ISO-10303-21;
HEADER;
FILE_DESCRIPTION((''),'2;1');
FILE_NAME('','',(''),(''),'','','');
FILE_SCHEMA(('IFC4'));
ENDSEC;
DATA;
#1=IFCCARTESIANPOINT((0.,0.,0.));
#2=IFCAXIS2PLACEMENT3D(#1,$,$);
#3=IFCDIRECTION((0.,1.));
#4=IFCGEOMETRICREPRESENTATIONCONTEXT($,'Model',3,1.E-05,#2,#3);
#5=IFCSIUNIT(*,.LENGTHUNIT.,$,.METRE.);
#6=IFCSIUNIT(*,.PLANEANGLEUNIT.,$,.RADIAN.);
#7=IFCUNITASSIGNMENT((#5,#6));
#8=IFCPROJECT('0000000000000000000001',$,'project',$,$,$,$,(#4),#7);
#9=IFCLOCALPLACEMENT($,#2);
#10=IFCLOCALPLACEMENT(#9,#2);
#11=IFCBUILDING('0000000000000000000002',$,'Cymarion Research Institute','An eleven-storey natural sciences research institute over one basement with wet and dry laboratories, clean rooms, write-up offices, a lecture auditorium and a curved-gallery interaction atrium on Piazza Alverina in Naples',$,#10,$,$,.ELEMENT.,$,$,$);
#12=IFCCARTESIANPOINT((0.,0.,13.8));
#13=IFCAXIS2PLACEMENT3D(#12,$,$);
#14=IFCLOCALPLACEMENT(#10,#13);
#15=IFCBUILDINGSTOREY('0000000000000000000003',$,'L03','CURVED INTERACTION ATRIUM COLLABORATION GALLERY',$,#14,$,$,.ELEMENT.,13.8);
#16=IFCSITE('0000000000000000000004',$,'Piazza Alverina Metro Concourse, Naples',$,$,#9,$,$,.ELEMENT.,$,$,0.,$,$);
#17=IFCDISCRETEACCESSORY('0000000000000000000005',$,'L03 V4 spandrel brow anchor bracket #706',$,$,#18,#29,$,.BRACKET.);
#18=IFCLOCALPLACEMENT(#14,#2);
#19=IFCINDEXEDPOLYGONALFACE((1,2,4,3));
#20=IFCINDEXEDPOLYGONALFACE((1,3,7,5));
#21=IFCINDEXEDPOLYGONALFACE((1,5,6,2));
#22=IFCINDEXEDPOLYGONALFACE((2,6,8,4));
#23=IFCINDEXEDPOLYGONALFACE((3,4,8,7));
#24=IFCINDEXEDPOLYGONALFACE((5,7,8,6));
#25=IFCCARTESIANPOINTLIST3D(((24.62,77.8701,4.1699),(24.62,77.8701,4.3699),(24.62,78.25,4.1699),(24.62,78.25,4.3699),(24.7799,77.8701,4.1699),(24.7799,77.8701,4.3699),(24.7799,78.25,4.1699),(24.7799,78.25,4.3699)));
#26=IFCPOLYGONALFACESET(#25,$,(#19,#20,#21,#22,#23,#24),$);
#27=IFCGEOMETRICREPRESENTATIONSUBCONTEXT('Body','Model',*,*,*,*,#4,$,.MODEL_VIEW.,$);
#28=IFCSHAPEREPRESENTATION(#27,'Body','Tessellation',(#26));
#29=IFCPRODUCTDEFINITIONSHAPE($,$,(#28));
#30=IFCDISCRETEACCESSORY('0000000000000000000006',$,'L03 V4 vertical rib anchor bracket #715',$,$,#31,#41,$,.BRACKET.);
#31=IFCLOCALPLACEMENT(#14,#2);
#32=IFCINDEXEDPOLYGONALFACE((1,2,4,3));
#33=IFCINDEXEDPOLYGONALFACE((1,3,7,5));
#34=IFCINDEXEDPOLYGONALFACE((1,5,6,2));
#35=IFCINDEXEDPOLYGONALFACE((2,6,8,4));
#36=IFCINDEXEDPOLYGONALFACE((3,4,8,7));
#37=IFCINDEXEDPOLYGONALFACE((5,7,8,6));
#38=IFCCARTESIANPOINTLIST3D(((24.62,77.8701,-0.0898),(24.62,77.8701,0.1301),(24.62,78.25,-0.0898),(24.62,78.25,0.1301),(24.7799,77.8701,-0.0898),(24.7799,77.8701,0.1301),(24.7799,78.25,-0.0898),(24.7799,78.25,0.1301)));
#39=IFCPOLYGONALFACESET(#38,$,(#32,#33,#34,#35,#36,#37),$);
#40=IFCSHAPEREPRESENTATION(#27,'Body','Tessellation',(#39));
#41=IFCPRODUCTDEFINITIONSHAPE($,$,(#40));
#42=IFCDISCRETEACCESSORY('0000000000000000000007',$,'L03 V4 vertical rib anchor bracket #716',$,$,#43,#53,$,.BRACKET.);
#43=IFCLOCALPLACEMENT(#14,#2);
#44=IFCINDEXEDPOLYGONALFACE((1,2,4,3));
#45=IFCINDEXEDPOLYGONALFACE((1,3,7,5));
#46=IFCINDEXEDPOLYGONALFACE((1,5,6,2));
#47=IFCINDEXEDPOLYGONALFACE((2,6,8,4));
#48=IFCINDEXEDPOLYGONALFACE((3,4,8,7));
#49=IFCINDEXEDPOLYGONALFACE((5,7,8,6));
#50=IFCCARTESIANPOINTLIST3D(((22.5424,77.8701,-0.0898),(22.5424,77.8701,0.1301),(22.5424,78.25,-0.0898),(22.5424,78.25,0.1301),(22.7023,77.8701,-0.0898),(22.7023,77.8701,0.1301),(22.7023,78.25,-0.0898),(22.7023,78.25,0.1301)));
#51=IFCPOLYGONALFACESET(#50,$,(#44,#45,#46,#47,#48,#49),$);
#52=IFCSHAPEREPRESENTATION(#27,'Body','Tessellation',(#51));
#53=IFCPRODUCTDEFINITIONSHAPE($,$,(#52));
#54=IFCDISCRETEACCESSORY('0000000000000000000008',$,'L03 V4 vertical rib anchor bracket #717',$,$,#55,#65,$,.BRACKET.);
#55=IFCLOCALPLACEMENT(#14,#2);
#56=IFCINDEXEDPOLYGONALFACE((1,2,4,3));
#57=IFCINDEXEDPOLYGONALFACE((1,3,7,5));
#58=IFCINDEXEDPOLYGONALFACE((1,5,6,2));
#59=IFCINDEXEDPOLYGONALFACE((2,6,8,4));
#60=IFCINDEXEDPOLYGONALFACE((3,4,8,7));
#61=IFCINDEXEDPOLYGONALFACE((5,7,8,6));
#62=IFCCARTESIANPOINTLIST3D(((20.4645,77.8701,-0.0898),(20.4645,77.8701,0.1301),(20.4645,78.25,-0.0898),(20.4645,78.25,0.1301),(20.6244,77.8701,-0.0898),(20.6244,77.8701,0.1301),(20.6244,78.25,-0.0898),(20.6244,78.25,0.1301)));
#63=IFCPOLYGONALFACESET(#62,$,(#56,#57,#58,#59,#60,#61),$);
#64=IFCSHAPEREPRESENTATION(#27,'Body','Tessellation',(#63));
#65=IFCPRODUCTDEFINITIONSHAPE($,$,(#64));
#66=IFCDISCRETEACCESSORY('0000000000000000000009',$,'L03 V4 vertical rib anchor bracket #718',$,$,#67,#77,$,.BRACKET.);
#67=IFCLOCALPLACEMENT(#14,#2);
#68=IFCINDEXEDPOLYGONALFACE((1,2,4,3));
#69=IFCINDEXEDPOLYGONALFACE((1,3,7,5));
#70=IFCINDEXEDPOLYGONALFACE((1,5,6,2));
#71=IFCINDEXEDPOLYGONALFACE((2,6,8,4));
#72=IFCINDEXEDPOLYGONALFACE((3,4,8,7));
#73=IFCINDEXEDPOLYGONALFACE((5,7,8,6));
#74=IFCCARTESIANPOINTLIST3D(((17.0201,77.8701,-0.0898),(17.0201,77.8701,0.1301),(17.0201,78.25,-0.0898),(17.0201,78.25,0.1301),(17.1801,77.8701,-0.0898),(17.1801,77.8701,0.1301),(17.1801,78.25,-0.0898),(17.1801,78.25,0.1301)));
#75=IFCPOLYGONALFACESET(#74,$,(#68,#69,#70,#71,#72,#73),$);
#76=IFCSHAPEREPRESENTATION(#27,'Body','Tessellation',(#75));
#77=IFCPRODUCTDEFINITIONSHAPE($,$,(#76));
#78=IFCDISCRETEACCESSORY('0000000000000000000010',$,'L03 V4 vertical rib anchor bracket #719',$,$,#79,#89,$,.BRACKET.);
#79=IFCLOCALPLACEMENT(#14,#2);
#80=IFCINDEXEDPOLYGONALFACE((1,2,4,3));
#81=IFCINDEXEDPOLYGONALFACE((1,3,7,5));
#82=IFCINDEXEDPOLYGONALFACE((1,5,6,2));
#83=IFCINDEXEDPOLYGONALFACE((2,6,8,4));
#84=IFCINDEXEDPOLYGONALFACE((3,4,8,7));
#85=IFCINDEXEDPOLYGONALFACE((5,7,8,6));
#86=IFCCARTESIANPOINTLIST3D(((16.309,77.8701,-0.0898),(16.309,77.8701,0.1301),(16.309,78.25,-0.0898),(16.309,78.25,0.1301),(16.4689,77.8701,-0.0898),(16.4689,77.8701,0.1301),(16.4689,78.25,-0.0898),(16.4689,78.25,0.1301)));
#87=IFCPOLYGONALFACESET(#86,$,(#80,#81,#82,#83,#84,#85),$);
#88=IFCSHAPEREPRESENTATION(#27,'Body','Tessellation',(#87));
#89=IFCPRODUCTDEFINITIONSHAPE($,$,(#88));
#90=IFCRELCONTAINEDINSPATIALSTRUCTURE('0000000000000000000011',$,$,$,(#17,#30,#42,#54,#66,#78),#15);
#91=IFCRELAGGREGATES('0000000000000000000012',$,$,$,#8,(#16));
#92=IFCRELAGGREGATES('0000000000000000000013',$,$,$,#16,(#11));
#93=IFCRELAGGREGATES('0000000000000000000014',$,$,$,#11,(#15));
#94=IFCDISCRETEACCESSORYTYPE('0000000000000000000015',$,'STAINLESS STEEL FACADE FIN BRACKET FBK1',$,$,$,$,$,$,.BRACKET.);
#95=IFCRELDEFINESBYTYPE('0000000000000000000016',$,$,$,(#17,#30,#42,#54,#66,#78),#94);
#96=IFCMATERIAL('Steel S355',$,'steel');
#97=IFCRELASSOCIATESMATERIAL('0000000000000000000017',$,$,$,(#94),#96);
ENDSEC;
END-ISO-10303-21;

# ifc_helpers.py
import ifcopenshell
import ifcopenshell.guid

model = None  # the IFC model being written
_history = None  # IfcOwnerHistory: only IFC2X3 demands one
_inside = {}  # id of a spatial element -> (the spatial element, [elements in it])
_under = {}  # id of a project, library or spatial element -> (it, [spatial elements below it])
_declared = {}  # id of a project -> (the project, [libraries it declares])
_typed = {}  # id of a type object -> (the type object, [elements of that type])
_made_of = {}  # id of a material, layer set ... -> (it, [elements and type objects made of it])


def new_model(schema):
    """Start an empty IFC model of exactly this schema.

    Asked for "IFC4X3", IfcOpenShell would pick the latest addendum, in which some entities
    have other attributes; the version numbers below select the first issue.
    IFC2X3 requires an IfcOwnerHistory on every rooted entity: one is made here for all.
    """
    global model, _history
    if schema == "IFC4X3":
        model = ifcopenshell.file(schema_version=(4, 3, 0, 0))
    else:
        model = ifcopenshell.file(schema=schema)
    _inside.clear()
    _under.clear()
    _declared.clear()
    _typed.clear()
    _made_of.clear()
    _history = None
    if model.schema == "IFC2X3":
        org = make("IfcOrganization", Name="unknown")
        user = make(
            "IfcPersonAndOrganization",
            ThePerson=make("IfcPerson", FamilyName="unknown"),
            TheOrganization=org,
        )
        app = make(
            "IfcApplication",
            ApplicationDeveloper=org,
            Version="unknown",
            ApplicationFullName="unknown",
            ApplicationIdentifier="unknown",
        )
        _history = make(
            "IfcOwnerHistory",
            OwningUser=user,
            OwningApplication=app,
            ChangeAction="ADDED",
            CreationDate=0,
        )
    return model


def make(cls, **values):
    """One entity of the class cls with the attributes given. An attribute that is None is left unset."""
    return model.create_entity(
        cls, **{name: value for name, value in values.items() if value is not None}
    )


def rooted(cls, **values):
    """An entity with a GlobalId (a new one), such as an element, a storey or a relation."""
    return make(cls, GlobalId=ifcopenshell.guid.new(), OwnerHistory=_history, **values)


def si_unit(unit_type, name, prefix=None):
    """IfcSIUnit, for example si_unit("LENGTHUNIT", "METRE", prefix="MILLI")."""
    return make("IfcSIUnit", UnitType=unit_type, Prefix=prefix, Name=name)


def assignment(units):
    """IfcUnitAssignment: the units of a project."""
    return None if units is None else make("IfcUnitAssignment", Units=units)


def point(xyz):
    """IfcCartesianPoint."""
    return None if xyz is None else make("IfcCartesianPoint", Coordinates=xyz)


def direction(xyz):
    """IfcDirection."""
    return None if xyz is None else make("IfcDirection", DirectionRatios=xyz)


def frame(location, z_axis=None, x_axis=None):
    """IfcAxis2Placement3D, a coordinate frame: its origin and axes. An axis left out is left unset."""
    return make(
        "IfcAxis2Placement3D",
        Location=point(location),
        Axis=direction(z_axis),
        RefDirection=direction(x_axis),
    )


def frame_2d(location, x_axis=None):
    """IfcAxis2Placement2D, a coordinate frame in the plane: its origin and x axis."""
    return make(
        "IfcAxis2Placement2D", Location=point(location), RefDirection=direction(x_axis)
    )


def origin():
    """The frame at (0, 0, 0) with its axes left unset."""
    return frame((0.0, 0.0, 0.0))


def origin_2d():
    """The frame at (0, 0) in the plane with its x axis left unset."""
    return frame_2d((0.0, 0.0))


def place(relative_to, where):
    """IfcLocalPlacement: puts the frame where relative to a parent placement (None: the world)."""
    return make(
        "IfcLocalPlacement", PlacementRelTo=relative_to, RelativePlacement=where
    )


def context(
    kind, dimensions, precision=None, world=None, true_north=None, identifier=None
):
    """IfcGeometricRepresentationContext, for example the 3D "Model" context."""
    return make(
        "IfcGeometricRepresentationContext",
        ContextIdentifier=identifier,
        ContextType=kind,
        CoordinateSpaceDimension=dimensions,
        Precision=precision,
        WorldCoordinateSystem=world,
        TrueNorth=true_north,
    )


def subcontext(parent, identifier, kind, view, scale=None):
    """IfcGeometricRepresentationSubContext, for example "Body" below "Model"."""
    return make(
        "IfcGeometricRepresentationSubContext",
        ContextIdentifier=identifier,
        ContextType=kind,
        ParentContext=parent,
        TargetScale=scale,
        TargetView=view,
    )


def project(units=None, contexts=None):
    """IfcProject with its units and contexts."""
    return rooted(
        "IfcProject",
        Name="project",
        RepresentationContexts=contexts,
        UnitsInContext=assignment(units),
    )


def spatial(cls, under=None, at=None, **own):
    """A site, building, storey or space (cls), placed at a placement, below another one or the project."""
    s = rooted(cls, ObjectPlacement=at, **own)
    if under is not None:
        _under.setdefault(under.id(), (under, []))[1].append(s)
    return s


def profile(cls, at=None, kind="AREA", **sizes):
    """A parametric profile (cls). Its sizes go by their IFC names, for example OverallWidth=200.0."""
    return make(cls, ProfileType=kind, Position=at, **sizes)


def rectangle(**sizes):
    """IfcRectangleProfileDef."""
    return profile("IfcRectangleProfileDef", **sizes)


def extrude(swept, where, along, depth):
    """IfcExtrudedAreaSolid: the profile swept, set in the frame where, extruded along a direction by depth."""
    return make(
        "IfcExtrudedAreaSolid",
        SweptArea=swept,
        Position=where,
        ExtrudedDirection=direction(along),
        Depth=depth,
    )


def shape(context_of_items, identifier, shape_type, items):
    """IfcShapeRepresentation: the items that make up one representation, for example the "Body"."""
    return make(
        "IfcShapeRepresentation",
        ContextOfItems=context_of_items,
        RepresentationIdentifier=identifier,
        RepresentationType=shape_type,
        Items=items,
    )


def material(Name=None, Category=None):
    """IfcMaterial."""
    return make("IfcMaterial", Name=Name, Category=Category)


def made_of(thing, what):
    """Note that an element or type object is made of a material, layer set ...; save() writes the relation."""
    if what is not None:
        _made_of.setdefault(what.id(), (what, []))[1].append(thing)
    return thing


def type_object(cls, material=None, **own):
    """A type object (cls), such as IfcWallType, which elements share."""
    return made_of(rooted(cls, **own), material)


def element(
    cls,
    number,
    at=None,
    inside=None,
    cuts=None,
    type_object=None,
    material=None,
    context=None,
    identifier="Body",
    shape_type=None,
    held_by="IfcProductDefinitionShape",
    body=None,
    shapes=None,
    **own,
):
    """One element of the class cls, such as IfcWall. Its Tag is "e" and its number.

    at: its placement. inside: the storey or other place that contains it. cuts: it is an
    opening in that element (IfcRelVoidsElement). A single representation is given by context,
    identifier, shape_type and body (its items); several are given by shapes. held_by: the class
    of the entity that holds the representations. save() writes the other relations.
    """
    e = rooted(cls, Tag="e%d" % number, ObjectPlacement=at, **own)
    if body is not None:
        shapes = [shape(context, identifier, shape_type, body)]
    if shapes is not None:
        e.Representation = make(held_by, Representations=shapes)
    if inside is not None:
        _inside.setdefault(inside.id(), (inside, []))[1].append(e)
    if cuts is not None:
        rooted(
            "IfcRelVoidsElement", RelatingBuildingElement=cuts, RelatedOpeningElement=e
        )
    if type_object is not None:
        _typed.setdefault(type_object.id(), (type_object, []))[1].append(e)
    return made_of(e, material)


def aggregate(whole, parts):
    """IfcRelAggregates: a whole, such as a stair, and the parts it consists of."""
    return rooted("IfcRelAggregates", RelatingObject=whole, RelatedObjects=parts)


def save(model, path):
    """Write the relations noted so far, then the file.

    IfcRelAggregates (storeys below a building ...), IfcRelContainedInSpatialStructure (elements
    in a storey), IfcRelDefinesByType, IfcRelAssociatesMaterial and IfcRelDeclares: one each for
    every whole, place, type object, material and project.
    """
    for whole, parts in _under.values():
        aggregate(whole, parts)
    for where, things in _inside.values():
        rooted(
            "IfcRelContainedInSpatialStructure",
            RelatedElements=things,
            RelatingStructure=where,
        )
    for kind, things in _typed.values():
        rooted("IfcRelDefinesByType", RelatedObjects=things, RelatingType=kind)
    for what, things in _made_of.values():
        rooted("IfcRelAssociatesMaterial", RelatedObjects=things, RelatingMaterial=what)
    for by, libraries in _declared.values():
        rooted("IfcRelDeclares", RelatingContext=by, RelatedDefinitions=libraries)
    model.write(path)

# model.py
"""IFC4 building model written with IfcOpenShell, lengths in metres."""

from ifc_helpers import new_model, si_unit, direction, frame, origin, origin_2d, place, context, subcontext, project, spatial, rectangle, extrude, material, type_object, element, save


model = new_model("IFC4")

# Units and contexts
model_context = context("Model", 3, precision=1e-05, world=origin(), true_north=direction((0.0, 1.0)))
body_context = subcontext(model_context, "Body", "Model", "MODEL_VIEW")
ifc_project = project(units=[si_unit("LENGTHUNIT", "METRE"), si_unit("PLANEANGLEUNIT", "RADIAN")], contexts=[model_context])

# Site, building, storey
site_placement = place(None, origin())
site = spatial("IfcSite", under=ifc_project, at=site_placement, Name="Piazza Alverina Metro Concourse, Naples", CompositionType="ELEMENT", RefElevation=0.0)
building_placement = place(site_placement, origin())
building = spatial("IfcBuilding", under=site, at=building_placement, Name="Cymarion Research Institute", Description="An eleven-storey natural sciences research institute over one basement with wet and dry laboratories, clean rooms, write-up offices, a lecture auditorium and a curved-gallery interaction atrium on Piazza Alverina in Naples", CompositionType="ELEMENT")
storey_placement = place(building_placement, frame((0.0, 0.0, 13.8)))
storey = spatial("IfcBuildingStorey", under=building, at=storey_placement, Name="L03", Description="CURVED INTERACTION ATRIUM COLLABORATION GALLERY", CompositionType="ELEMENT", Elevation=13.8)

# Shared definitions
ifc_material_1 = material(Name="Steel S355", Category="steel")

# Discrete accessories
discrete_accessory_type = type_object("IfcDiscreteAccessoryType", Name="STAINLESS STEEL FACADE FIN BRACKET FBK1", PredefinedType="BRACKET", material=ifc_material_1)
discrete_accessory_placement = place(storey_placement, frame((24.7, 78.0601, 4.1699), z_axis=(0.0, 0.0, 1.0), x_axis=(0.0, 1.0, 0.0)))
element("IfcDiscreteAccessory", 1, at=discrete_accessory_placement, inside=storey, type_object=discrete_accessory_type, Name="L03 V4 spandrel brow anchor bracket #706", PredefinedType="BRACKET", context=body_context, shape_type="SweptSolid", body=[
    extrude(rectangle(XDim=0.3799, YDim=0.1599, at=origin_2d()), origin(), (0.0, 0.0, 1.0), 0.2),
])
for number, where, z_axis, x_axis, name in (
    (2, (24.7, 78.0601, -0.0898), (0.0, 0.0, 1.0), (0.0, 1.0, 0.0), "L03 V4 vertical rib anchor bracket #715"),
    (3, (22.6223, 78.0601, -0.0898), (0.0, 0.0, 1.0), (0.0, 1.0, 0.0), "L03 V4 vertical rib anchor bracket #716"),
    (4, (20.5444, 78.0601, -0.0898), (0.0, 0.0, 1.0), (0.0, 1.0, 0.0), "L03 V4 vertical rib anchor bracket #717"),
    (5, (17.1001, 78.0601, -0.0898), (0.0, 0.0, 1.0), (0.0, 1.0, 0.0), "L03 V4 vertical rib anchor bracket #718"),
    (6, (16.3889, 78.0601, -0.0898), (0.0, 0.0, 1.0), (0.0, 1.0, 0.0), "L03 V4 vertical rib anchor bracket #719"),
):
    element("IfcDiscreteAccessory", number, at=place(storey_placement, frame(where, z_axis=z_axis, x_axis=x_axis)), inside=storey, type_object=discrete_accessory_type, Name=name, PredefinedType="BRACKET", context=body_context, shape_type="SweptSolid", body=[
        extrude(rectangle(XDim=0.3799, YDim=0.1599, at=origin_2d()), origin(), (0.0, 0.0, 1.0), 0.22),
    ])

save(model, "model.ifc")
